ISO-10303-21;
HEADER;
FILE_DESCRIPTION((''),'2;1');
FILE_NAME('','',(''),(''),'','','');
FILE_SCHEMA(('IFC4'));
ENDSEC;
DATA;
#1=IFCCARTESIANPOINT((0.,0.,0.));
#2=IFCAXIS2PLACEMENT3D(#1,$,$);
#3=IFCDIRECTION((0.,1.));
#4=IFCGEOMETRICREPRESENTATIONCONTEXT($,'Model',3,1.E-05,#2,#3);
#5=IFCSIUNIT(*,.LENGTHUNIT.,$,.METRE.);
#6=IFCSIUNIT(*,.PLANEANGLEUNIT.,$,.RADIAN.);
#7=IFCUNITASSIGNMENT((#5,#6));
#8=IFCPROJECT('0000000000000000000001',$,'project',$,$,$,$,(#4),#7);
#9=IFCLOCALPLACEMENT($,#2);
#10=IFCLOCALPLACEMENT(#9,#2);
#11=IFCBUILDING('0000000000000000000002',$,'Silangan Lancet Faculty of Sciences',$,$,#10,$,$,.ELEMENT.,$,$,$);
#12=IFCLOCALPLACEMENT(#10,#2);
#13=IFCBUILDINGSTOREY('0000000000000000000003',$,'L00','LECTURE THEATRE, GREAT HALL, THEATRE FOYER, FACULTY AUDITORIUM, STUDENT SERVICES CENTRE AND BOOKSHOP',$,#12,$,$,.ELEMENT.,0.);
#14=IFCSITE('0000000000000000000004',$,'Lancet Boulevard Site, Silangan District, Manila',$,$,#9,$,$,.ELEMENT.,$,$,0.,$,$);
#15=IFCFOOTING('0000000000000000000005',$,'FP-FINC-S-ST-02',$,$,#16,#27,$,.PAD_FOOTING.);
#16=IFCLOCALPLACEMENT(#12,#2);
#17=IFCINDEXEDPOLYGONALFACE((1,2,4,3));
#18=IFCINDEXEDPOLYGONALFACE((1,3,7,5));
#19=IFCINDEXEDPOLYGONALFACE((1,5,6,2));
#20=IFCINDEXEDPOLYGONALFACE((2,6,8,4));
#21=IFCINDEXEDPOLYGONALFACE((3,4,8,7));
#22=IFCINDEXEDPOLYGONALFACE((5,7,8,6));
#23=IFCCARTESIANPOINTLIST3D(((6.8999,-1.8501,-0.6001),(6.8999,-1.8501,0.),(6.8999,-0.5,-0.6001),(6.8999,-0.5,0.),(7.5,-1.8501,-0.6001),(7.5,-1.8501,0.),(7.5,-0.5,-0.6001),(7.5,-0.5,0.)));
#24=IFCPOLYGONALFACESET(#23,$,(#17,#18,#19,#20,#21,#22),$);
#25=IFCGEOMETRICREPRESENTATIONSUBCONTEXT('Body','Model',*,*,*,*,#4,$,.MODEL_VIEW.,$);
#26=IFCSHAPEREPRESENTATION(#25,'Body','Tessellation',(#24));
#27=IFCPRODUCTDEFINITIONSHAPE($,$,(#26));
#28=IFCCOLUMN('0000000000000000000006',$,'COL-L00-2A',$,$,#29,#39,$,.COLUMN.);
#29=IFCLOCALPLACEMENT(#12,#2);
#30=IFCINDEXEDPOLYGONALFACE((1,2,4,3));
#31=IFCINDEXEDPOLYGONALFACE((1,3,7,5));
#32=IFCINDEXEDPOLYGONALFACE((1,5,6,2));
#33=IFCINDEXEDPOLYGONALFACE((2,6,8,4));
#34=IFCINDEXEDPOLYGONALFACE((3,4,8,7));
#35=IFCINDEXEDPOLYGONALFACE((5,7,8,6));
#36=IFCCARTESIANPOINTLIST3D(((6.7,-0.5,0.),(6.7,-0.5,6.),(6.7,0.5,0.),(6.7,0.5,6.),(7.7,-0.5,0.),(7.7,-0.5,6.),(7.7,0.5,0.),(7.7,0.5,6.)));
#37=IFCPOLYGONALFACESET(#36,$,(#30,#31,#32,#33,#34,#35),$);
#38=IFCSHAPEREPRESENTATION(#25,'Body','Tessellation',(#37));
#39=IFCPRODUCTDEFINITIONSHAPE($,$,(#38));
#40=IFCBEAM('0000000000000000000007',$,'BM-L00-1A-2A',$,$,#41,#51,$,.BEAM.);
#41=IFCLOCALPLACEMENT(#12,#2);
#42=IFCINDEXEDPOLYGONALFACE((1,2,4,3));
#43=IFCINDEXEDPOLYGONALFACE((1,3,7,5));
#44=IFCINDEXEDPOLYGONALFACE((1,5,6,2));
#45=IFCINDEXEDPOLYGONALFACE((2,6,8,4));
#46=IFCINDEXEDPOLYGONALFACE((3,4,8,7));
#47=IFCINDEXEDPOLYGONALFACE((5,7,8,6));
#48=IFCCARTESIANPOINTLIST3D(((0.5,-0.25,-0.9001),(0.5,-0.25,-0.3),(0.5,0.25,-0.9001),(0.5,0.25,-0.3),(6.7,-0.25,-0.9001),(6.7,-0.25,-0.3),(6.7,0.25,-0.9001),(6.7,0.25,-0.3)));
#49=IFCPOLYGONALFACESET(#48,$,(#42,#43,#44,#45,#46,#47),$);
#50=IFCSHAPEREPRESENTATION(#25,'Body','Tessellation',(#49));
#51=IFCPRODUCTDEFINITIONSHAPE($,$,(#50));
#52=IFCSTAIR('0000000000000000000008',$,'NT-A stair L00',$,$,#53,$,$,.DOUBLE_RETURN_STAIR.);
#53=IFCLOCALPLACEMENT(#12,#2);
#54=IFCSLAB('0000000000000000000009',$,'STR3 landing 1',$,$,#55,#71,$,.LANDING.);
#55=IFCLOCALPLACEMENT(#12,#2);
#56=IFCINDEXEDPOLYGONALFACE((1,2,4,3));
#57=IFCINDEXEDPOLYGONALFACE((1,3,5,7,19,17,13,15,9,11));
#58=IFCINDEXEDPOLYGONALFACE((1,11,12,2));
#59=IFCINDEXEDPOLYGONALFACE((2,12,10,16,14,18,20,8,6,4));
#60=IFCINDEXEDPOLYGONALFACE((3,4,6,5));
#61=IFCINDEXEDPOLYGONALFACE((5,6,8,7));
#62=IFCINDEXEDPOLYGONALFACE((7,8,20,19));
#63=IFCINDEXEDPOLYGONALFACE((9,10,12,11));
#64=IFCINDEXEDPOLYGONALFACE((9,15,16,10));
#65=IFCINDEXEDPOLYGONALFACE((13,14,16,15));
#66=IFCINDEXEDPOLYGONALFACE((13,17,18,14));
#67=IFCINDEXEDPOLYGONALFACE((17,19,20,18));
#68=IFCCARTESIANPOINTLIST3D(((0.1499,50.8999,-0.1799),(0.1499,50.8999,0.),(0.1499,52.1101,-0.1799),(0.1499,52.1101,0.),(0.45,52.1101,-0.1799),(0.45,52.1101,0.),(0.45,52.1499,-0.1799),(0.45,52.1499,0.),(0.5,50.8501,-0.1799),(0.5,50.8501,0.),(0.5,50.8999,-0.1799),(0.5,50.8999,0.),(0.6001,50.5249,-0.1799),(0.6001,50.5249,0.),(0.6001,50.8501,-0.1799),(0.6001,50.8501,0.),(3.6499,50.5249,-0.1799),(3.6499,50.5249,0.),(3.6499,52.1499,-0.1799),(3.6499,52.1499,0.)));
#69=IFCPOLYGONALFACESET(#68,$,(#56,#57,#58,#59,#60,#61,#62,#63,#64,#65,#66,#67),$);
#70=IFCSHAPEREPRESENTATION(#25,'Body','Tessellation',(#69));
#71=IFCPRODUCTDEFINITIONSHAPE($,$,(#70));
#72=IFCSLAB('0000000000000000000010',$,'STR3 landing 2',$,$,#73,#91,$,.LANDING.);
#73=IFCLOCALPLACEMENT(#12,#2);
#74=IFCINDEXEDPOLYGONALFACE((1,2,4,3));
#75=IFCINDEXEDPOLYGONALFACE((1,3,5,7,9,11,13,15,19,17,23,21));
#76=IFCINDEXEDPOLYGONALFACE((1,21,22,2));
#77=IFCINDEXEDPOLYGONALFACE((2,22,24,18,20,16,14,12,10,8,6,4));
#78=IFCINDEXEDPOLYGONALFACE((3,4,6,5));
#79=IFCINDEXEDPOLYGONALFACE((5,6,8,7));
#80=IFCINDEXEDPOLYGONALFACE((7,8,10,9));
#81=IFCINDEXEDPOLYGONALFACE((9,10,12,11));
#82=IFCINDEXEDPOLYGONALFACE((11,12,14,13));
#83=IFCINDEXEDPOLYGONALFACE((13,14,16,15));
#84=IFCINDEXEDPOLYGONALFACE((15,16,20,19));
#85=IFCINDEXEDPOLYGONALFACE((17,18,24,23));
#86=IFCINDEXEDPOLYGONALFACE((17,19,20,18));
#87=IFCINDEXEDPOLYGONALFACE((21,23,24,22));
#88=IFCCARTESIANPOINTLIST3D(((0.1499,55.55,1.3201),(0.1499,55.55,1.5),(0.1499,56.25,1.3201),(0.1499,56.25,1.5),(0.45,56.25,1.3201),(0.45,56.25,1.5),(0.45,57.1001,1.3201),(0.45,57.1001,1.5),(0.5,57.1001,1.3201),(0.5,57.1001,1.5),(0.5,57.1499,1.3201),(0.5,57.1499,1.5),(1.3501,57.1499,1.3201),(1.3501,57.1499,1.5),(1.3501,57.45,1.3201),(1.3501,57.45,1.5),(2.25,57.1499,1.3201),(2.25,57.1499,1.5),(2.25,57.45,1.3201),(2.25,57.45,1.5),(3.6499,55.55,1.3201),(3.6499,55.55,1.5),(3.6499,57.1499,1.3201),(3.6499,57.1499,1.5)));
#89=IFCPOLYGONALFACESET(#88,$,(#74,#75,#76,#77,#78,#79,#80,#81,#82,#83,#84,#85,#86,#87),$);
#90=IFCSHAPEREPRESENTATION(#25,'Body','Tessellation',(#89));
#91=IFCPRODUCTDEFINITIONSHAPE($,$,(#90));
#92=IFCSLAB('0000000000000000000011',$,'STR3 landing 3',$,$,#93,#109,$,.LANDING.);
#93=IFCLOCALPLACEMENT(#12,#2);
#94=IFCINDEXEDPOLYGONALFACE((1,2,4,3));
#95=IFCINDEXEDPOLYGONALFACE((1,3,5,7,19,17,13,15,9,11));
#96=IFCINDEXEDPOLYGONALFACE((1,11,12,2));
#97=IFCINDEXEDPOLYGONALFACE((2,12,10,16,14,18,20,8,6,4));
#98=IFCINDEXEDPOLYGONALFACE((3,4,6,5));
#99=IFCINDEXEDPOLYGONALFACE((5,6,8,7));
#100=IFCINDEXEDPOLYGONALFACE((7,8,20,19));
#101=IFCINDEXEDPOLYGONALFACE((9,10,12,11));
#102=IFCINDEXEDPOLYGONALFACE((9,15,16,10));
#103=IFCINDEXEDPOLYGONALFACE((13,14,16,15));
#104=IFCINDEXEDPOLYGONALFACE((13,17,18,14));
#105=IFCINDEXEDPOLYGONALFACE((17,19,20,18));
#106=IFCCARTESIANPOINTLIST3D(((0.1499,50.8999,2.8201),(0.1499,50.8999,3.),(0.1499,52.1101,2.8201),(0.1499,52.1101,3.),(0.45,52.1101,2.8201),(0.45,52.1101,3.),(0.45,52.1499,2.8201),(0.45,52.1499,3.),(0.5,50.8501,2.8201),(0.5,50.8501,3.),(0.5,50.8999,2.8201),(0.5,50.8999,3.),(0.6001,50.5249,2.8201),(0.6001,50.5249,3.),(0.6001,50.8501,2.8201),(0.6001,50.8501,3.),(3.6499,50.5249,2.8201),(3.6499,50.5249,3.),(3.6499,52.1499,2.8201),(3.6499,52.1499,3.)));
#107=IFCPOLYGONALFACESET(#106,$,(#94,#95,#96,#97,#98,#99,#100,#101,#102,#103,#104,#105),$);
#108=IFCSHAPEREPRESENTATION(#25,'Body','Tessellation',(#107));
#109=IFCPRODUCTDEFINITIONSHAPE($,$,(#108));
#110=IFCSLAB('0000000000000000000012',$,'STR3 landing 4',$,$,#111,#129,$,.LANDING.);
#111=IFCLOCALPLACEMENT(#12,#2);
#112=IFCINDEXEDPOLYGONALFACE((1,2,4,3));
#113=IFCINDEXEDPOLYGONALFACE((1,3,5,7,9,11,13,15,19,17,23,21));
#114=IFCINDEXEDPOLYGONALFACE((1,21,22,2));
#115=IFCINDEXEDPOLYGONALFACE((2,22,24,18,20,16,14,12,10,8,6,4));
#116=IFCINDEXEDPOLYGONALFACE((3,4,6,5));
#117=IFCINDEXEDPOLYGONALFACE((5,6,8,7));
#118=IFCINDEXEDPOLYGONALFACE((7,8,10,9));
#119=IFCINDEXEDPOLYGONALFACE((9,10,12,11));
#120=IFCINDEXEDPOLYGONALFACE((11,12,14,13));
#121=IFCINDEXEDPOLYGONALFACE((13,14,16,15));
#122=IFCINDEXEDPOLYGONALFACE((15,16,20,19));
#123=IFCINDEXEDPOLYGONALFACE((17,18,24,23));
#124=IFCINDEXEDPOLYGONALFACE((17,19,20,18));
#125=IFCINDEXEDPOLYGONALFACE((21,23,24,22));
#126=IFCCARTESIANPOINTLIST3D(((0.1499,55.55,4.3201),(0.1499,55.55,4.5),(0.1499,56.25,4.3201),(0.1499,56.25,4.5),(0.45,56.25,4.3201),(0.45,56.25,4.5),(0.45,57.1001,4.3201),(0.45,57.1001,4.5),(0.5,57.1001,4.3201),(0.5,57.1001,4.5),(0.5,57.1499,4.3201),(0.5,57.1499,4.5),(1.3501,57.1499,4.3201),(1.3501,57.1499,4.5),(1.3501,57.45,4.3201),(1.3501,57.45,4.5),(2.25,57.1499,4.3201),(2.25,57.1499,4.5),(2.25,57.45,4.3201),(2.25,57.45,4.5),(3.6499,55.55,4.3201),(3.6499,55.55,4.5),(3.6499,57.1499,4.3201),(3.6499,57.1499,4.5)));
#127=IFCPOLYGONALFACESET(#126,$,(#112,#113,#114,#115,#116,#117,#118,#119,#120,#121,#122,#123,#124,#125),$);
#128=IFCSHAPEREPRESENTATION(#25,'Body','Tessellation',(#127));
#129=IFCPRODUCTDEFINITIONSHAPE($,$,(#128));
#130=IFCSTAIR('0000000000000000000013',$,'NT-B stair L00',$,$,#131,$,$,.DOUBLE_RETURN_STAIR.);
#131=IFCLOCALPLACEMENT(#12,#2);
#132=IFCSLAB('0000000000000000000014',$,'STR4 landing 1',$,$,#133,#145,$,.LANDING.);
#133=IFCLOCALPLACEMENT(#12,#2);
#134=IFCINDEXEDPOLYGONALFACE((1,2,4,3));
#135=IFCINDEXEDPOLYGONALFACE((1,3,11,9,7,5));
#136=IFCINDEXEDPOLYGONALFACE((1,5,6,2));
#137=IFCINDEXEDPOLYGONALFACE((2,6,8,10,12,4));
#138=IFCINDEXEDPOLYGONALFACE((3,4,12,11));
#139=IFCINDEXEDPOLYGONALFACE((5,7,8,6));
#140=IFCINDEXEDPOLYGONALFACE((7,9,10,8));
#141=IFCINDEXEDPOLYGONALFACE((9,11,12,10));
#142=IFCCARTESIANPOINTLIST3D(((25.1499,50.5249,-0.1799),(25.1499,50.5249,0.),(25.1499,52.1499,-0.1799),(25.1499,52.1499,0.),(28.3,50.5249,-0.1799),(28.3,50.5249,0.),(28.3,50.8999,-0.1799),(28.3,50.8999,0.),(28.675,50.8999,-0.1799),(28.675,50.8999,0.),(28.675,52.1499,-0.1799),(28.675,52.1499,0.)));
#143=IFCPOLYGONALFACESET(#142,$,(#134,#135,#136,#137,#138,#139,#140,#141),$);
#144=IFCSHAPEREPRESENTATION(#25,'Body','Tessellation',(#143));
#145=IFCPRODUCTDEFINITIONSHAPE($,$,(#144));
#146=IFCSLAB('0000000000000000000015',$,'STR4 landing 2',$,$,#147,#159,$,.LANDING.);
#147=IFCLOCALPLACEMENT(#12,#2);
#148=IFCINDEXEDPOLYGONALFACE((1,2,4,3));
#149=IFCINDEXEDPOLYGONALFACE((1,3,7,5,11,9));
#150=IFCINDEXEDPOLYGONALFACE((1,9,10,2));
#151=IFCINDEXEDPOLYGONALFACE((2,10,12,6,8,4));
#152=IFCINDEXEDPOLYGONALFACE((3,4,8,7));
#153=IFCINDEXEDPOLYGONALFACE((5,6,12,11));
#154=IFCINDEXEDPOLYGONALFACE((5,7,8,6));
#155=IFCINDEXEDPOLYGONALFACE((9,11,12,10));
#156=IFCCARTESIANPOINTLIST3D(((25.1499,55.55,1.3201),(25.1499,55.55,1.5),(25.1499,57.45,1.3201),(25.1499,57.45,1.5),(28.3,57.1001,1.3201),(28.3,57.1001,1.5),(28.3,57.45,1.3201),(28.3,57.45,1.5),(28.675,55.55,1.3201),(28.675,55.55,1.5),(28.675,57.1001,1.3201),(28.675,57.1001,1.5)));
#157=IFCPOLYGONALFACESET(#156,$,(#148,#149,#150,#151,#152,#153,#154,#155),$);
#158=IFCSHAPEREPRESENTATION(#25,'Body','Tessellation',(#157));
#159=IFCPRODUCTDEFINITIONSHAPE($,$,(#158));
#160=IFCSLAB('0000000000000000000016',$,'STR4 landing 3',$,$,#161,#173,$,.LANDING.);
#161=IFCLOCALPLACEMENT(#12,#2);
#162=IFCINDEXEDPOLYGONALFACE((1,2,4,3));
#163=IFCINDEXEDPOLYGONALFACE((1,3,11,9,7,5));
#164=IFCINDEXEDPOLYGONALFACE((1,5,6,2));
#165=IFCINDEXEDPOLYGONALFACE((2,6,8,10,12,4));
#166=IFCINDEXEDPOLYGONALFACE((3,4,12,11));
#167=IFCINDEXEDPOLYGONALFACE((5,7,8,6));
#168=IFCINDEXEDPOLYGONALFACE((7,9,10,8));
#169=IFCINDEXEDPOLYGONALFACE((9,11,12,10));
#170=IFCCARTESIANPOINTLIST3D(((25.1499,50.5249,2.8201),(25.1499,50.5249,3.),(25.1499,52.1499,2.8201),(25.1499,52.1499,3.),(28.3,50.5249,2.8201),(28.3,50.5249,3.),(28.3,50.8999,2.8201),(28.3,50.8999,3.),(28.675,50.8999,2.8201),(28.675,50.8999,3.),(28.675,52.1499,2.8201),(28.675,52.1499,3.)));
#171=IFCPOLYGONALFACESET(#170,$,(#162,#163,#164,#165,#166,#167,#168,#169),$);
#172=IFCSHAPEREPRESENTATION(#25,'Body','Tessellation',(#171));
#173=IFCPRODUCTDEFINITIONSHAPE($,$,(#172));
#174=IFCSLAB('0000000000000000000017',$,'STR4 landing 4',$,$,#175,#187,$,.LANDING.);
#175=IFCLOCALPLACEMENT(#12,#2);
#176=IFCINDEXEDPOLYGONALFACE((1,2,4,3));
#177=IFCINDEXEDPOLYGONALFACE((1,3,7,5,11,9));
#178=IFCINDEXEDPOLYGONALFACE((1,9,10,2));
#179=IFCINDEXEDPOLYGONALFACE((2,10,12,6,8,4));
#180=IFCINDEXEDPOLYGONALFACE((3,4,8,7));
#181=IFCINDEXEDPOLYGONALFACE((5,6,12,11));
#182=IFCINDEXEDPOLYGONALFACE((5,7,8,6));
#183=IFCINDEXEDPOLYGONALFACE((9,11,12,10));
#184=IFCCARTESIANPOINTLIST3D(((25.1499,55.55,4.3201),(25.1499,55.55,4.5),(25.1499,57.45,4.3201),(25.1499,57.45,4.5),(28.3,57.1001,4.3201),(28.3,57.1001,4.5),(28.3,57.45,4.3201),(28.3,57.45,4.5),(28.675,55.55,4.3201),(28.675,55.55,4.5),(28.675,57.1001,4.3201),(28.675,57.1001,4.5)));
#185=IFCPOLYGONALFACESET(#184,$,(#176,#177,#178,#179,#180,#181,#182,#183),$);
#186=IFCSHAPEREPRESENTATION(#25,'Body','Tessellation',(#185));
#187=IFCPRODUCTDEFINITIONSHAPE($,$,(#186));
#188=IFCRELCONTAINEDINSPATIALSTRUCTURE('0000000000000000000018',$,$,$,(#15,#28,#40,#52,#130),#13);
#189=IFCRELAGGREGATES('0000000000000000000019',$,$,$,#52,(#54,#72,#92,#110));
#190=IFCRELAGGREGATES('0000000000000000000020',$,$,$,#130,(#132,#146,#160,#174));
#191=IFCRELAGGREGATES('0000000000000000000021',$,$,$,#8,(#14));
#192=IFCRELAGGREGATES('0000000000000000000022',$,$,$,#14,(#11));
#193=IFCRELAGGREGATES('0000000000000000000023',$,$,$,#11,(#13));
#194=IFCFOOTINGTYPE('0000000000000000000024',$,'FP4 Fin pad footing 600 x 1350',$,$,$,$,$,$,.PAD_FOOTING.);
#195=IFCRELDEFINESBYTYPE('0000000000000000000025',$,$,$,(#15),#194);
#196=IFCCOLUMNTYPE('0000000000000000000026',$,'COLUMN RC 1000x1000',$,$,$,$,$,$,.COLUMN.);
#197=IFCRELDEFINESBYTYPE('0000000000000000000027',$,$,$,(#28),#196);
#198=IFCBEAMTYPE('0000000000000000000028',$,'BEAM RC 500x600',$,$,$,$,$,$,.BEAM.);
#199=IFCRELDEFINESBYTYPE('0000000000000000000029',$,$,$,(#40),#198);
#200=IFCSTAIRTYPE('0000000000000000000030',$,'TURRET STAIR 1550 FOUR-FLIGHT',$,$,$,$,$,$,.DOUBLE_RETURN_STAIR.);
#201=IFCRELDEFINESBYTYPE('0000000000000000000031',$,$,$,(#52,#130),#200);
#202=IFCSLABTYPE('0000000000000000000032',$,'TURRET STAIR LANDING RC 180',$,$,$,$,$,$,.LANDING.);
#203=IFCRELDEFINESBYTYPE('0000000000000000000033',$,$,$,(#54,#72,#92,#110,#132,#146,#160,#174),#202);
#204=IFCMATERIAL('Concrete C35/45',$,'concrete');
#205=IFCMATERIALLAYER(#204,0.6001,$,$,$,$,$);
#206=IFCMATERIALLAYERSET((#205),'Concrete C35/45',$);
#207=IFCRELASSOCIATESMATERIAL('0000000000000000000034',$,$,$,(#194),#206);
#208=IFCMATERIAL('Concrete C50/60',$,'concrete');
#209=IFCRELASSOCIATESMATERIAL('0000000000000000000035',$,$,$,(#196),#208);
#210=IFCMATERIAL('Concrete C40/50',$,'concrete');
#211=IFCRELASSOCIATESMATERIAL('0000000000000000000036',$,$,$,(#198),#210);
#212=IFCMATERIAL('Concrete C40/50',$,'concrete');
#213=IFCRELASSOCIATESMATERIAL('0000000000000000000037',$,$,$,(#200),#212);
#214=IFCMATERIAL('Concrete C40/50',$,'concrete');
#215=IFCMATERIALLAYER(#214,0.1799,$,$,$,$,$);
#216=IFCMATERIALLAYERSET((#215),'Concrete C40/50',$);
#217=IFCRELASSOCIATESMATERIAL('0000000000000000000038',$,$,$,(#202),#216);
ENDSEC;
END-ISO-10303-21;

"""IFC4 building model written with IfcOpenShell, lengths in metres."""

from ifc_helpers import new_model, si_unit, direction, frame, origin, origin_2d, place, context, subcontext, project, spatial, polyline, rectangle, outline, extrude, material, layer, layer_set, material_profile, profile_set, type_object, element, aggregate, save


model = new_model("IFC4")

# Units and contexts
model_context = context("Model", 3, precision=1e-05, world=origin(), true_north=direction((0.0, 1.0)))
body_context = subcontext(model_context, "Body", "Model", "MODEL_VIEW")
ifc_project = project(units=[si_unit("LENGTHUNIT", "METRE"), si_unit("PLANEANGLEUNIT", "RADIAN")], contexts=[model_context])

# Site, building, storey
site_placement = place(None, origin())
site = spatial("IfcSite", under=ifc_project, at=site_placement, Name="Lancet Boulevard Site, Silangan District, Manila", CompositionType="ELEMENT", RefElevation=0.0)
building_placement = place(site_placement, origin())
building = spatial("IfcBuilding", under=site, at=building_placement, Name="Silangan Lancet Faculty of Sciences", CompositionType="ELEMENT")
storey_placement = place(building_placement, origin())
storey = spatial("IfcBuildingStorey", under=building, at=storey_placement, Name="L00", Description="LECTURE THEATRE, GREAT HALL, THEATRE FOYER, FACULTY AUDITORIUM, STUDENT SERVICES CENTRE AND BOOKSHOP", CompositionType="ELEMENT", Elevation=0.0)

# Footing
ifc_material_1 = material(Name="Concrete C35/45", Category="concrete")
ifc_layer_1 = layer(ifc_material_1, 0.6001)
ifc_layer_set_1 = layer_set([ifc_layer_1], Name="Concrete C35/45")
footing_type = type_object("IfcFootingType", Name="FP4 Fin pad footing 600 x 1350", PredefinedType="PAD_FOOTING", material=ifc_layer_set_1)
footing_placement = place(storey_placement, frame((7.2, -1.175, -0.6001), z_axis=(0.0, 0.0, 1.0), x_axis=(1.0, 0.0, 0.0)))
element("IfcFooting", 1, at=footing_placement, inside=storey, type_object=footing_type, Name="FP-FINC-S-ST-02", PredefinedType="PAD_FOOTING", context=body_context, shape_type="SweptSolid", body=[
    extrude(rectangle(XDim=0.6001, YDim=1.3501, at=origin_2d()), origin(), (0.0, 0.0, 1.0), 0.6001),
])

# Column
ifc_material_2 = material(Name="Concrete C50/60", Category="concrete")
ifc_material_profile_1 = material_profile(ifc_material_2, rectangle(XDim=1.0, YDim=1.0, at=origin_2d()), Name="RC 1000x1000")
ifc_profile_set_1 = profile_set([ifc_material_profile_1], Name="Concrete C50/60")
column_type = type_object("IfcColumnType", Name="COLUMN RC 1000x1000", PredefinedType="COLUMN", material=ifc_profile_set_1)
column_placement = place(storey_placement, frame((7.2, 0.0, 0.0), z_axis=(0.0, 0.0, 1.0), x_axis=(1.0, 0.0, 0.0)))
element("IfcColumn", 2, at=column_placement, inside=storey, type_object=column_type, Name="COL-L00-2A", PredefinedType="COLUMN", context=body_context, shape_type="SweptSolid", body=[
    extrude(rectangle(XDim=1.0, YDim=1.0, at=origin_2d()), origin(), (0.0, 0.0, 1.0), 6.0),
])

# Beam
ifc_material_3 = material(Name="Concrete C40/50", Category="concrete")
ifc_material_profile_2 = material_profile(ifc_material_3, rectangle(XDim=0.5, YDim=0.6001, at=origin_2d()), Name="RC 500x600")
ifc_profile_set_2 = profile_set([ifc_material_profile_2], Name="Concrete C40/50")
beam_type = type_object("IfcBeamType", Name="BEAM RC 500x600", PredefinedType="BEAM", material=ifc_profile_set_2)
beam_placement = place(storey_placement, frame((0.5, 0.0, -0.6001), z_axis=(1.0, 0.0, 0.0), x_axis=(0.0, 1.0, 0.0)))
element("IfcBeam", 3, at=beam_placement, inside=storey, type_object=beam_type, Name="BM-L00-1A-2A", PredefinedType="BEAM", context=body_context, shape_type="SweptSolid", body=[
    extrude(rectangle(XDim=0.5, YDim=0.6001, at=origin_2d()), origin(), (0.0, 0.0, 1.0), 6.2),
])

# Stairs, slabs
ifc_material_4 = material(Name="Concrete C40/50", Category="concrete")
stair_type = type_object("IfcStairType", Name="TURRET STAIR 1550 FOUR-FLIGHT", PredefinedType="DOUBLE_RETURN_STAIR", material=ifc_material_4)
stair_1_placement = place(storey_placement, origin())
stair_1 = element("IfcStair", 4, at=stair_1_placement, inside=storey, type_object=stair_type, Name="NT-A stair L00", PredefinedType="DOUBLE_RETURN_STAIR")
ifc_material_5 = material(Name="Concrete C40/50", Category="concrete")
ifc_layer_2 = layer(ifc_material_5, 0.1799)
ifc_layer_set_2 = layer_set([ifc_layer_2], Name="Concrete C40/50")
slab_type = type_object("IfcSlabType", Name="TURRET STAIR LANDING RC 180", PredefinedType="LANDING", material=ifc_layer_set_2)
slab_1_placement = place(storey_placement, frame((0.0, 0.0, -0.1799)))
slab_1 = element("IfcSlab", 5, at=slab_1_placement, type_object=slab_type, Name="STR3 landing 1", PredefinedType="LANDING", context=body_context, shape_type="SweptSolid", body=[
    extrude(outline(polyline([(0.6001, 50.8501), (0.5, 50.8501), (0.5, 50.8999), (0.1499, 50.8999), (0.1499, 52.1101), (0.45, 52.1101), (0.45, 52.1499), (3.6499, 52.1499), (3.6499, 50.5249), (0.6001, 50.5249), (0.6001, 50.8501)])), origin(), (0.0, 0.0, 1.0), 0.1799),
])
slab_2_placement = place(storey_placement, frame((0.0, 0.0, 1.3201)))
slab_2 = element("IfcSlab", 6, at=slab_2_placement, type_object=slab_type, Name="STR3 landing 2", PredefinedType="LANDING", context=body_context, shape_type="SweptSolid", body=[
    extrude(outline(polyline([(0.45, 56.25), (0.45, 57.1001), (0.5, 57.1001), (0.5, 57.1499), (1.3501, 57.1499), (1.3501, 57.45), (2.25, 57.45), (2.25, 57.1499), (3.6499, 57.1499), (3.6499, 55.55), (0.1499, 55.55), (0.1499, 56.25), (0.45, 56.25)])), origin(), (0.0, 0.0, 1.0), 0.1799),
])
slab_3_placement = place(storey_placement, frame((0.0, 0.0, 2.8201)))
slab_3 = element("IfcSlab", 7, at=slab_3_placement, type_object=slab_type, Name="STR3 landing 3", PredefinedType="LANDING", context=body_context, shape_type="SweptSolid", body=[
    extrude(outline(polyline([(0.6001, 50.8501), (0.5, 50.8501), (0.5, 50.8999), (0.1499, 50.8999), (0.1499, 52.1101), (0.45, 52.1101), (0.45, 52.1499), (3.6499, 52.1499), (3.6499, 50.5249), (0.6001, 50.5249), (0.6001, 50.8501)])), origin(), (0.0, 0.0, 1.0), 0.1799),
])
slab_4_placement = place(storey_placement, frame((0.0, 0.0, 4.3201)))
slab_4 = element("IfcSlab", 8, at=slab_4_placement, type_object=slab_type, Name="STR3 landing 4", PredefinedType="LANDING", context=body_context, shape_type="SweptSolid", body=[
    extrude(outline(polyline([(0.45, 56.25), (0.45, 57.1001), (0.5, 57.1001), (0.5, 57.1499), (1.3501, 57.1499), (1.3501, 57.45), (2.25, 57.45), (2.25, 57.1499), (3.6499, 57.1499), (3.6499, 55.55), (0.1499, 55.55), (0.1499, 56.25), (0.45, 56.25)])), origin(), (0.0, 0.0, 1.0), 0.1799),
])
aggregate(stair_1, [slab_1, slab_2, slab_3, slab_4])
stair_2_placement = place(storey_placement, origin())
stair_2 = element("IfcStair", 9, at=stair_2_placement, inside=storey, type_object=stair_type, Name="NT-B stair L00", PredefinedType="DOUBLE_RETURN_STAIR")
slab_5_placement = place(storey_placement, frame((0.0, 0.0, -0.1799)))
slab_5 = element("IfcSlab", 10, at=slab_5_placement, type_object=slab_type, Name="STR4 landing 1", PredefinedType="LANDING", context=body_context, shape_type="SweptSolid", body=[
    extrude(outline(polyline([(28.675, 52.1499), (28.675, 50.8999), (28.3, 50.8999), (28.3, 50.5249), (25.1499, 50.5249), (25.1499, 52.1499), (28.675, 52.1499)])), origin(), (0.0, 0.0, 1.0), 0.1799),
])
slab_6_placement = place(storey_placement, frame((0.0, 0.0, 1.3201)))
slab_6 = element("IfcSlab", 11, at=slab_6_placement, type_object=slab_type, Name="STR4 landing 2", PredefinedType="LANDING", context=body_context, shape_type="SweptSolid", body=[
    extrude(outline(polyline([(28.675, 57.1001), (28.675, 55.55), (25.1499, 55.55), (25.1499, 57.45), (28.3, 57.45), (28.3, 57.1001), (28.675, 57.1001)])), origin(), (0.0, 0.0, 1.0), 0.1799),
])
slab_7_placement = place(storey_placement, frame((0.0, 0.0, 2.8201)))
slab_7 = element("IfcSlab", 12, at=slab_7_placement, type_object=slab_type, Name="STR4 landing 3", PredefinedType="LANDING", context=body_context, shape_type="SweptSolid", body=[
    extrude(outline(polyline([(28.675, 52.1499), (28.675, 50.8999), (28.3, 50.8999), (28.3, 50.5249), (25.1499, 50.5249), (25.1499, 52.1499), (28.675, 52.1499)])), origin(), (0.0, 0.0, 1.0), 0.1799),
])
slab_8_placement = place(storey_placement, frame((0.0, 0.0, 4.3201)))
slab_8 = element("IfcSlab", 13, at=slab_8_placement, type_object=slab_type, Name="STR4 landing 4", PredefinedType="LANDING", context=body_context, shape_type="SweptSolid", body=[
    extrude(outline(polyline([(28.675, 57.1001), (28.675, 55.55), (25.1499, 55.55), (25.1499, 57.45), (28.3, 57.45), (28.3, 57.1001), (28.675, 57.1001)])), origin(), (0.0, 0.0, 1.0), 0.1799),
])
aggregate(stair_2, [slab_5, slab_6, slab_7, slab_8])

save(model, "model.ifc")
